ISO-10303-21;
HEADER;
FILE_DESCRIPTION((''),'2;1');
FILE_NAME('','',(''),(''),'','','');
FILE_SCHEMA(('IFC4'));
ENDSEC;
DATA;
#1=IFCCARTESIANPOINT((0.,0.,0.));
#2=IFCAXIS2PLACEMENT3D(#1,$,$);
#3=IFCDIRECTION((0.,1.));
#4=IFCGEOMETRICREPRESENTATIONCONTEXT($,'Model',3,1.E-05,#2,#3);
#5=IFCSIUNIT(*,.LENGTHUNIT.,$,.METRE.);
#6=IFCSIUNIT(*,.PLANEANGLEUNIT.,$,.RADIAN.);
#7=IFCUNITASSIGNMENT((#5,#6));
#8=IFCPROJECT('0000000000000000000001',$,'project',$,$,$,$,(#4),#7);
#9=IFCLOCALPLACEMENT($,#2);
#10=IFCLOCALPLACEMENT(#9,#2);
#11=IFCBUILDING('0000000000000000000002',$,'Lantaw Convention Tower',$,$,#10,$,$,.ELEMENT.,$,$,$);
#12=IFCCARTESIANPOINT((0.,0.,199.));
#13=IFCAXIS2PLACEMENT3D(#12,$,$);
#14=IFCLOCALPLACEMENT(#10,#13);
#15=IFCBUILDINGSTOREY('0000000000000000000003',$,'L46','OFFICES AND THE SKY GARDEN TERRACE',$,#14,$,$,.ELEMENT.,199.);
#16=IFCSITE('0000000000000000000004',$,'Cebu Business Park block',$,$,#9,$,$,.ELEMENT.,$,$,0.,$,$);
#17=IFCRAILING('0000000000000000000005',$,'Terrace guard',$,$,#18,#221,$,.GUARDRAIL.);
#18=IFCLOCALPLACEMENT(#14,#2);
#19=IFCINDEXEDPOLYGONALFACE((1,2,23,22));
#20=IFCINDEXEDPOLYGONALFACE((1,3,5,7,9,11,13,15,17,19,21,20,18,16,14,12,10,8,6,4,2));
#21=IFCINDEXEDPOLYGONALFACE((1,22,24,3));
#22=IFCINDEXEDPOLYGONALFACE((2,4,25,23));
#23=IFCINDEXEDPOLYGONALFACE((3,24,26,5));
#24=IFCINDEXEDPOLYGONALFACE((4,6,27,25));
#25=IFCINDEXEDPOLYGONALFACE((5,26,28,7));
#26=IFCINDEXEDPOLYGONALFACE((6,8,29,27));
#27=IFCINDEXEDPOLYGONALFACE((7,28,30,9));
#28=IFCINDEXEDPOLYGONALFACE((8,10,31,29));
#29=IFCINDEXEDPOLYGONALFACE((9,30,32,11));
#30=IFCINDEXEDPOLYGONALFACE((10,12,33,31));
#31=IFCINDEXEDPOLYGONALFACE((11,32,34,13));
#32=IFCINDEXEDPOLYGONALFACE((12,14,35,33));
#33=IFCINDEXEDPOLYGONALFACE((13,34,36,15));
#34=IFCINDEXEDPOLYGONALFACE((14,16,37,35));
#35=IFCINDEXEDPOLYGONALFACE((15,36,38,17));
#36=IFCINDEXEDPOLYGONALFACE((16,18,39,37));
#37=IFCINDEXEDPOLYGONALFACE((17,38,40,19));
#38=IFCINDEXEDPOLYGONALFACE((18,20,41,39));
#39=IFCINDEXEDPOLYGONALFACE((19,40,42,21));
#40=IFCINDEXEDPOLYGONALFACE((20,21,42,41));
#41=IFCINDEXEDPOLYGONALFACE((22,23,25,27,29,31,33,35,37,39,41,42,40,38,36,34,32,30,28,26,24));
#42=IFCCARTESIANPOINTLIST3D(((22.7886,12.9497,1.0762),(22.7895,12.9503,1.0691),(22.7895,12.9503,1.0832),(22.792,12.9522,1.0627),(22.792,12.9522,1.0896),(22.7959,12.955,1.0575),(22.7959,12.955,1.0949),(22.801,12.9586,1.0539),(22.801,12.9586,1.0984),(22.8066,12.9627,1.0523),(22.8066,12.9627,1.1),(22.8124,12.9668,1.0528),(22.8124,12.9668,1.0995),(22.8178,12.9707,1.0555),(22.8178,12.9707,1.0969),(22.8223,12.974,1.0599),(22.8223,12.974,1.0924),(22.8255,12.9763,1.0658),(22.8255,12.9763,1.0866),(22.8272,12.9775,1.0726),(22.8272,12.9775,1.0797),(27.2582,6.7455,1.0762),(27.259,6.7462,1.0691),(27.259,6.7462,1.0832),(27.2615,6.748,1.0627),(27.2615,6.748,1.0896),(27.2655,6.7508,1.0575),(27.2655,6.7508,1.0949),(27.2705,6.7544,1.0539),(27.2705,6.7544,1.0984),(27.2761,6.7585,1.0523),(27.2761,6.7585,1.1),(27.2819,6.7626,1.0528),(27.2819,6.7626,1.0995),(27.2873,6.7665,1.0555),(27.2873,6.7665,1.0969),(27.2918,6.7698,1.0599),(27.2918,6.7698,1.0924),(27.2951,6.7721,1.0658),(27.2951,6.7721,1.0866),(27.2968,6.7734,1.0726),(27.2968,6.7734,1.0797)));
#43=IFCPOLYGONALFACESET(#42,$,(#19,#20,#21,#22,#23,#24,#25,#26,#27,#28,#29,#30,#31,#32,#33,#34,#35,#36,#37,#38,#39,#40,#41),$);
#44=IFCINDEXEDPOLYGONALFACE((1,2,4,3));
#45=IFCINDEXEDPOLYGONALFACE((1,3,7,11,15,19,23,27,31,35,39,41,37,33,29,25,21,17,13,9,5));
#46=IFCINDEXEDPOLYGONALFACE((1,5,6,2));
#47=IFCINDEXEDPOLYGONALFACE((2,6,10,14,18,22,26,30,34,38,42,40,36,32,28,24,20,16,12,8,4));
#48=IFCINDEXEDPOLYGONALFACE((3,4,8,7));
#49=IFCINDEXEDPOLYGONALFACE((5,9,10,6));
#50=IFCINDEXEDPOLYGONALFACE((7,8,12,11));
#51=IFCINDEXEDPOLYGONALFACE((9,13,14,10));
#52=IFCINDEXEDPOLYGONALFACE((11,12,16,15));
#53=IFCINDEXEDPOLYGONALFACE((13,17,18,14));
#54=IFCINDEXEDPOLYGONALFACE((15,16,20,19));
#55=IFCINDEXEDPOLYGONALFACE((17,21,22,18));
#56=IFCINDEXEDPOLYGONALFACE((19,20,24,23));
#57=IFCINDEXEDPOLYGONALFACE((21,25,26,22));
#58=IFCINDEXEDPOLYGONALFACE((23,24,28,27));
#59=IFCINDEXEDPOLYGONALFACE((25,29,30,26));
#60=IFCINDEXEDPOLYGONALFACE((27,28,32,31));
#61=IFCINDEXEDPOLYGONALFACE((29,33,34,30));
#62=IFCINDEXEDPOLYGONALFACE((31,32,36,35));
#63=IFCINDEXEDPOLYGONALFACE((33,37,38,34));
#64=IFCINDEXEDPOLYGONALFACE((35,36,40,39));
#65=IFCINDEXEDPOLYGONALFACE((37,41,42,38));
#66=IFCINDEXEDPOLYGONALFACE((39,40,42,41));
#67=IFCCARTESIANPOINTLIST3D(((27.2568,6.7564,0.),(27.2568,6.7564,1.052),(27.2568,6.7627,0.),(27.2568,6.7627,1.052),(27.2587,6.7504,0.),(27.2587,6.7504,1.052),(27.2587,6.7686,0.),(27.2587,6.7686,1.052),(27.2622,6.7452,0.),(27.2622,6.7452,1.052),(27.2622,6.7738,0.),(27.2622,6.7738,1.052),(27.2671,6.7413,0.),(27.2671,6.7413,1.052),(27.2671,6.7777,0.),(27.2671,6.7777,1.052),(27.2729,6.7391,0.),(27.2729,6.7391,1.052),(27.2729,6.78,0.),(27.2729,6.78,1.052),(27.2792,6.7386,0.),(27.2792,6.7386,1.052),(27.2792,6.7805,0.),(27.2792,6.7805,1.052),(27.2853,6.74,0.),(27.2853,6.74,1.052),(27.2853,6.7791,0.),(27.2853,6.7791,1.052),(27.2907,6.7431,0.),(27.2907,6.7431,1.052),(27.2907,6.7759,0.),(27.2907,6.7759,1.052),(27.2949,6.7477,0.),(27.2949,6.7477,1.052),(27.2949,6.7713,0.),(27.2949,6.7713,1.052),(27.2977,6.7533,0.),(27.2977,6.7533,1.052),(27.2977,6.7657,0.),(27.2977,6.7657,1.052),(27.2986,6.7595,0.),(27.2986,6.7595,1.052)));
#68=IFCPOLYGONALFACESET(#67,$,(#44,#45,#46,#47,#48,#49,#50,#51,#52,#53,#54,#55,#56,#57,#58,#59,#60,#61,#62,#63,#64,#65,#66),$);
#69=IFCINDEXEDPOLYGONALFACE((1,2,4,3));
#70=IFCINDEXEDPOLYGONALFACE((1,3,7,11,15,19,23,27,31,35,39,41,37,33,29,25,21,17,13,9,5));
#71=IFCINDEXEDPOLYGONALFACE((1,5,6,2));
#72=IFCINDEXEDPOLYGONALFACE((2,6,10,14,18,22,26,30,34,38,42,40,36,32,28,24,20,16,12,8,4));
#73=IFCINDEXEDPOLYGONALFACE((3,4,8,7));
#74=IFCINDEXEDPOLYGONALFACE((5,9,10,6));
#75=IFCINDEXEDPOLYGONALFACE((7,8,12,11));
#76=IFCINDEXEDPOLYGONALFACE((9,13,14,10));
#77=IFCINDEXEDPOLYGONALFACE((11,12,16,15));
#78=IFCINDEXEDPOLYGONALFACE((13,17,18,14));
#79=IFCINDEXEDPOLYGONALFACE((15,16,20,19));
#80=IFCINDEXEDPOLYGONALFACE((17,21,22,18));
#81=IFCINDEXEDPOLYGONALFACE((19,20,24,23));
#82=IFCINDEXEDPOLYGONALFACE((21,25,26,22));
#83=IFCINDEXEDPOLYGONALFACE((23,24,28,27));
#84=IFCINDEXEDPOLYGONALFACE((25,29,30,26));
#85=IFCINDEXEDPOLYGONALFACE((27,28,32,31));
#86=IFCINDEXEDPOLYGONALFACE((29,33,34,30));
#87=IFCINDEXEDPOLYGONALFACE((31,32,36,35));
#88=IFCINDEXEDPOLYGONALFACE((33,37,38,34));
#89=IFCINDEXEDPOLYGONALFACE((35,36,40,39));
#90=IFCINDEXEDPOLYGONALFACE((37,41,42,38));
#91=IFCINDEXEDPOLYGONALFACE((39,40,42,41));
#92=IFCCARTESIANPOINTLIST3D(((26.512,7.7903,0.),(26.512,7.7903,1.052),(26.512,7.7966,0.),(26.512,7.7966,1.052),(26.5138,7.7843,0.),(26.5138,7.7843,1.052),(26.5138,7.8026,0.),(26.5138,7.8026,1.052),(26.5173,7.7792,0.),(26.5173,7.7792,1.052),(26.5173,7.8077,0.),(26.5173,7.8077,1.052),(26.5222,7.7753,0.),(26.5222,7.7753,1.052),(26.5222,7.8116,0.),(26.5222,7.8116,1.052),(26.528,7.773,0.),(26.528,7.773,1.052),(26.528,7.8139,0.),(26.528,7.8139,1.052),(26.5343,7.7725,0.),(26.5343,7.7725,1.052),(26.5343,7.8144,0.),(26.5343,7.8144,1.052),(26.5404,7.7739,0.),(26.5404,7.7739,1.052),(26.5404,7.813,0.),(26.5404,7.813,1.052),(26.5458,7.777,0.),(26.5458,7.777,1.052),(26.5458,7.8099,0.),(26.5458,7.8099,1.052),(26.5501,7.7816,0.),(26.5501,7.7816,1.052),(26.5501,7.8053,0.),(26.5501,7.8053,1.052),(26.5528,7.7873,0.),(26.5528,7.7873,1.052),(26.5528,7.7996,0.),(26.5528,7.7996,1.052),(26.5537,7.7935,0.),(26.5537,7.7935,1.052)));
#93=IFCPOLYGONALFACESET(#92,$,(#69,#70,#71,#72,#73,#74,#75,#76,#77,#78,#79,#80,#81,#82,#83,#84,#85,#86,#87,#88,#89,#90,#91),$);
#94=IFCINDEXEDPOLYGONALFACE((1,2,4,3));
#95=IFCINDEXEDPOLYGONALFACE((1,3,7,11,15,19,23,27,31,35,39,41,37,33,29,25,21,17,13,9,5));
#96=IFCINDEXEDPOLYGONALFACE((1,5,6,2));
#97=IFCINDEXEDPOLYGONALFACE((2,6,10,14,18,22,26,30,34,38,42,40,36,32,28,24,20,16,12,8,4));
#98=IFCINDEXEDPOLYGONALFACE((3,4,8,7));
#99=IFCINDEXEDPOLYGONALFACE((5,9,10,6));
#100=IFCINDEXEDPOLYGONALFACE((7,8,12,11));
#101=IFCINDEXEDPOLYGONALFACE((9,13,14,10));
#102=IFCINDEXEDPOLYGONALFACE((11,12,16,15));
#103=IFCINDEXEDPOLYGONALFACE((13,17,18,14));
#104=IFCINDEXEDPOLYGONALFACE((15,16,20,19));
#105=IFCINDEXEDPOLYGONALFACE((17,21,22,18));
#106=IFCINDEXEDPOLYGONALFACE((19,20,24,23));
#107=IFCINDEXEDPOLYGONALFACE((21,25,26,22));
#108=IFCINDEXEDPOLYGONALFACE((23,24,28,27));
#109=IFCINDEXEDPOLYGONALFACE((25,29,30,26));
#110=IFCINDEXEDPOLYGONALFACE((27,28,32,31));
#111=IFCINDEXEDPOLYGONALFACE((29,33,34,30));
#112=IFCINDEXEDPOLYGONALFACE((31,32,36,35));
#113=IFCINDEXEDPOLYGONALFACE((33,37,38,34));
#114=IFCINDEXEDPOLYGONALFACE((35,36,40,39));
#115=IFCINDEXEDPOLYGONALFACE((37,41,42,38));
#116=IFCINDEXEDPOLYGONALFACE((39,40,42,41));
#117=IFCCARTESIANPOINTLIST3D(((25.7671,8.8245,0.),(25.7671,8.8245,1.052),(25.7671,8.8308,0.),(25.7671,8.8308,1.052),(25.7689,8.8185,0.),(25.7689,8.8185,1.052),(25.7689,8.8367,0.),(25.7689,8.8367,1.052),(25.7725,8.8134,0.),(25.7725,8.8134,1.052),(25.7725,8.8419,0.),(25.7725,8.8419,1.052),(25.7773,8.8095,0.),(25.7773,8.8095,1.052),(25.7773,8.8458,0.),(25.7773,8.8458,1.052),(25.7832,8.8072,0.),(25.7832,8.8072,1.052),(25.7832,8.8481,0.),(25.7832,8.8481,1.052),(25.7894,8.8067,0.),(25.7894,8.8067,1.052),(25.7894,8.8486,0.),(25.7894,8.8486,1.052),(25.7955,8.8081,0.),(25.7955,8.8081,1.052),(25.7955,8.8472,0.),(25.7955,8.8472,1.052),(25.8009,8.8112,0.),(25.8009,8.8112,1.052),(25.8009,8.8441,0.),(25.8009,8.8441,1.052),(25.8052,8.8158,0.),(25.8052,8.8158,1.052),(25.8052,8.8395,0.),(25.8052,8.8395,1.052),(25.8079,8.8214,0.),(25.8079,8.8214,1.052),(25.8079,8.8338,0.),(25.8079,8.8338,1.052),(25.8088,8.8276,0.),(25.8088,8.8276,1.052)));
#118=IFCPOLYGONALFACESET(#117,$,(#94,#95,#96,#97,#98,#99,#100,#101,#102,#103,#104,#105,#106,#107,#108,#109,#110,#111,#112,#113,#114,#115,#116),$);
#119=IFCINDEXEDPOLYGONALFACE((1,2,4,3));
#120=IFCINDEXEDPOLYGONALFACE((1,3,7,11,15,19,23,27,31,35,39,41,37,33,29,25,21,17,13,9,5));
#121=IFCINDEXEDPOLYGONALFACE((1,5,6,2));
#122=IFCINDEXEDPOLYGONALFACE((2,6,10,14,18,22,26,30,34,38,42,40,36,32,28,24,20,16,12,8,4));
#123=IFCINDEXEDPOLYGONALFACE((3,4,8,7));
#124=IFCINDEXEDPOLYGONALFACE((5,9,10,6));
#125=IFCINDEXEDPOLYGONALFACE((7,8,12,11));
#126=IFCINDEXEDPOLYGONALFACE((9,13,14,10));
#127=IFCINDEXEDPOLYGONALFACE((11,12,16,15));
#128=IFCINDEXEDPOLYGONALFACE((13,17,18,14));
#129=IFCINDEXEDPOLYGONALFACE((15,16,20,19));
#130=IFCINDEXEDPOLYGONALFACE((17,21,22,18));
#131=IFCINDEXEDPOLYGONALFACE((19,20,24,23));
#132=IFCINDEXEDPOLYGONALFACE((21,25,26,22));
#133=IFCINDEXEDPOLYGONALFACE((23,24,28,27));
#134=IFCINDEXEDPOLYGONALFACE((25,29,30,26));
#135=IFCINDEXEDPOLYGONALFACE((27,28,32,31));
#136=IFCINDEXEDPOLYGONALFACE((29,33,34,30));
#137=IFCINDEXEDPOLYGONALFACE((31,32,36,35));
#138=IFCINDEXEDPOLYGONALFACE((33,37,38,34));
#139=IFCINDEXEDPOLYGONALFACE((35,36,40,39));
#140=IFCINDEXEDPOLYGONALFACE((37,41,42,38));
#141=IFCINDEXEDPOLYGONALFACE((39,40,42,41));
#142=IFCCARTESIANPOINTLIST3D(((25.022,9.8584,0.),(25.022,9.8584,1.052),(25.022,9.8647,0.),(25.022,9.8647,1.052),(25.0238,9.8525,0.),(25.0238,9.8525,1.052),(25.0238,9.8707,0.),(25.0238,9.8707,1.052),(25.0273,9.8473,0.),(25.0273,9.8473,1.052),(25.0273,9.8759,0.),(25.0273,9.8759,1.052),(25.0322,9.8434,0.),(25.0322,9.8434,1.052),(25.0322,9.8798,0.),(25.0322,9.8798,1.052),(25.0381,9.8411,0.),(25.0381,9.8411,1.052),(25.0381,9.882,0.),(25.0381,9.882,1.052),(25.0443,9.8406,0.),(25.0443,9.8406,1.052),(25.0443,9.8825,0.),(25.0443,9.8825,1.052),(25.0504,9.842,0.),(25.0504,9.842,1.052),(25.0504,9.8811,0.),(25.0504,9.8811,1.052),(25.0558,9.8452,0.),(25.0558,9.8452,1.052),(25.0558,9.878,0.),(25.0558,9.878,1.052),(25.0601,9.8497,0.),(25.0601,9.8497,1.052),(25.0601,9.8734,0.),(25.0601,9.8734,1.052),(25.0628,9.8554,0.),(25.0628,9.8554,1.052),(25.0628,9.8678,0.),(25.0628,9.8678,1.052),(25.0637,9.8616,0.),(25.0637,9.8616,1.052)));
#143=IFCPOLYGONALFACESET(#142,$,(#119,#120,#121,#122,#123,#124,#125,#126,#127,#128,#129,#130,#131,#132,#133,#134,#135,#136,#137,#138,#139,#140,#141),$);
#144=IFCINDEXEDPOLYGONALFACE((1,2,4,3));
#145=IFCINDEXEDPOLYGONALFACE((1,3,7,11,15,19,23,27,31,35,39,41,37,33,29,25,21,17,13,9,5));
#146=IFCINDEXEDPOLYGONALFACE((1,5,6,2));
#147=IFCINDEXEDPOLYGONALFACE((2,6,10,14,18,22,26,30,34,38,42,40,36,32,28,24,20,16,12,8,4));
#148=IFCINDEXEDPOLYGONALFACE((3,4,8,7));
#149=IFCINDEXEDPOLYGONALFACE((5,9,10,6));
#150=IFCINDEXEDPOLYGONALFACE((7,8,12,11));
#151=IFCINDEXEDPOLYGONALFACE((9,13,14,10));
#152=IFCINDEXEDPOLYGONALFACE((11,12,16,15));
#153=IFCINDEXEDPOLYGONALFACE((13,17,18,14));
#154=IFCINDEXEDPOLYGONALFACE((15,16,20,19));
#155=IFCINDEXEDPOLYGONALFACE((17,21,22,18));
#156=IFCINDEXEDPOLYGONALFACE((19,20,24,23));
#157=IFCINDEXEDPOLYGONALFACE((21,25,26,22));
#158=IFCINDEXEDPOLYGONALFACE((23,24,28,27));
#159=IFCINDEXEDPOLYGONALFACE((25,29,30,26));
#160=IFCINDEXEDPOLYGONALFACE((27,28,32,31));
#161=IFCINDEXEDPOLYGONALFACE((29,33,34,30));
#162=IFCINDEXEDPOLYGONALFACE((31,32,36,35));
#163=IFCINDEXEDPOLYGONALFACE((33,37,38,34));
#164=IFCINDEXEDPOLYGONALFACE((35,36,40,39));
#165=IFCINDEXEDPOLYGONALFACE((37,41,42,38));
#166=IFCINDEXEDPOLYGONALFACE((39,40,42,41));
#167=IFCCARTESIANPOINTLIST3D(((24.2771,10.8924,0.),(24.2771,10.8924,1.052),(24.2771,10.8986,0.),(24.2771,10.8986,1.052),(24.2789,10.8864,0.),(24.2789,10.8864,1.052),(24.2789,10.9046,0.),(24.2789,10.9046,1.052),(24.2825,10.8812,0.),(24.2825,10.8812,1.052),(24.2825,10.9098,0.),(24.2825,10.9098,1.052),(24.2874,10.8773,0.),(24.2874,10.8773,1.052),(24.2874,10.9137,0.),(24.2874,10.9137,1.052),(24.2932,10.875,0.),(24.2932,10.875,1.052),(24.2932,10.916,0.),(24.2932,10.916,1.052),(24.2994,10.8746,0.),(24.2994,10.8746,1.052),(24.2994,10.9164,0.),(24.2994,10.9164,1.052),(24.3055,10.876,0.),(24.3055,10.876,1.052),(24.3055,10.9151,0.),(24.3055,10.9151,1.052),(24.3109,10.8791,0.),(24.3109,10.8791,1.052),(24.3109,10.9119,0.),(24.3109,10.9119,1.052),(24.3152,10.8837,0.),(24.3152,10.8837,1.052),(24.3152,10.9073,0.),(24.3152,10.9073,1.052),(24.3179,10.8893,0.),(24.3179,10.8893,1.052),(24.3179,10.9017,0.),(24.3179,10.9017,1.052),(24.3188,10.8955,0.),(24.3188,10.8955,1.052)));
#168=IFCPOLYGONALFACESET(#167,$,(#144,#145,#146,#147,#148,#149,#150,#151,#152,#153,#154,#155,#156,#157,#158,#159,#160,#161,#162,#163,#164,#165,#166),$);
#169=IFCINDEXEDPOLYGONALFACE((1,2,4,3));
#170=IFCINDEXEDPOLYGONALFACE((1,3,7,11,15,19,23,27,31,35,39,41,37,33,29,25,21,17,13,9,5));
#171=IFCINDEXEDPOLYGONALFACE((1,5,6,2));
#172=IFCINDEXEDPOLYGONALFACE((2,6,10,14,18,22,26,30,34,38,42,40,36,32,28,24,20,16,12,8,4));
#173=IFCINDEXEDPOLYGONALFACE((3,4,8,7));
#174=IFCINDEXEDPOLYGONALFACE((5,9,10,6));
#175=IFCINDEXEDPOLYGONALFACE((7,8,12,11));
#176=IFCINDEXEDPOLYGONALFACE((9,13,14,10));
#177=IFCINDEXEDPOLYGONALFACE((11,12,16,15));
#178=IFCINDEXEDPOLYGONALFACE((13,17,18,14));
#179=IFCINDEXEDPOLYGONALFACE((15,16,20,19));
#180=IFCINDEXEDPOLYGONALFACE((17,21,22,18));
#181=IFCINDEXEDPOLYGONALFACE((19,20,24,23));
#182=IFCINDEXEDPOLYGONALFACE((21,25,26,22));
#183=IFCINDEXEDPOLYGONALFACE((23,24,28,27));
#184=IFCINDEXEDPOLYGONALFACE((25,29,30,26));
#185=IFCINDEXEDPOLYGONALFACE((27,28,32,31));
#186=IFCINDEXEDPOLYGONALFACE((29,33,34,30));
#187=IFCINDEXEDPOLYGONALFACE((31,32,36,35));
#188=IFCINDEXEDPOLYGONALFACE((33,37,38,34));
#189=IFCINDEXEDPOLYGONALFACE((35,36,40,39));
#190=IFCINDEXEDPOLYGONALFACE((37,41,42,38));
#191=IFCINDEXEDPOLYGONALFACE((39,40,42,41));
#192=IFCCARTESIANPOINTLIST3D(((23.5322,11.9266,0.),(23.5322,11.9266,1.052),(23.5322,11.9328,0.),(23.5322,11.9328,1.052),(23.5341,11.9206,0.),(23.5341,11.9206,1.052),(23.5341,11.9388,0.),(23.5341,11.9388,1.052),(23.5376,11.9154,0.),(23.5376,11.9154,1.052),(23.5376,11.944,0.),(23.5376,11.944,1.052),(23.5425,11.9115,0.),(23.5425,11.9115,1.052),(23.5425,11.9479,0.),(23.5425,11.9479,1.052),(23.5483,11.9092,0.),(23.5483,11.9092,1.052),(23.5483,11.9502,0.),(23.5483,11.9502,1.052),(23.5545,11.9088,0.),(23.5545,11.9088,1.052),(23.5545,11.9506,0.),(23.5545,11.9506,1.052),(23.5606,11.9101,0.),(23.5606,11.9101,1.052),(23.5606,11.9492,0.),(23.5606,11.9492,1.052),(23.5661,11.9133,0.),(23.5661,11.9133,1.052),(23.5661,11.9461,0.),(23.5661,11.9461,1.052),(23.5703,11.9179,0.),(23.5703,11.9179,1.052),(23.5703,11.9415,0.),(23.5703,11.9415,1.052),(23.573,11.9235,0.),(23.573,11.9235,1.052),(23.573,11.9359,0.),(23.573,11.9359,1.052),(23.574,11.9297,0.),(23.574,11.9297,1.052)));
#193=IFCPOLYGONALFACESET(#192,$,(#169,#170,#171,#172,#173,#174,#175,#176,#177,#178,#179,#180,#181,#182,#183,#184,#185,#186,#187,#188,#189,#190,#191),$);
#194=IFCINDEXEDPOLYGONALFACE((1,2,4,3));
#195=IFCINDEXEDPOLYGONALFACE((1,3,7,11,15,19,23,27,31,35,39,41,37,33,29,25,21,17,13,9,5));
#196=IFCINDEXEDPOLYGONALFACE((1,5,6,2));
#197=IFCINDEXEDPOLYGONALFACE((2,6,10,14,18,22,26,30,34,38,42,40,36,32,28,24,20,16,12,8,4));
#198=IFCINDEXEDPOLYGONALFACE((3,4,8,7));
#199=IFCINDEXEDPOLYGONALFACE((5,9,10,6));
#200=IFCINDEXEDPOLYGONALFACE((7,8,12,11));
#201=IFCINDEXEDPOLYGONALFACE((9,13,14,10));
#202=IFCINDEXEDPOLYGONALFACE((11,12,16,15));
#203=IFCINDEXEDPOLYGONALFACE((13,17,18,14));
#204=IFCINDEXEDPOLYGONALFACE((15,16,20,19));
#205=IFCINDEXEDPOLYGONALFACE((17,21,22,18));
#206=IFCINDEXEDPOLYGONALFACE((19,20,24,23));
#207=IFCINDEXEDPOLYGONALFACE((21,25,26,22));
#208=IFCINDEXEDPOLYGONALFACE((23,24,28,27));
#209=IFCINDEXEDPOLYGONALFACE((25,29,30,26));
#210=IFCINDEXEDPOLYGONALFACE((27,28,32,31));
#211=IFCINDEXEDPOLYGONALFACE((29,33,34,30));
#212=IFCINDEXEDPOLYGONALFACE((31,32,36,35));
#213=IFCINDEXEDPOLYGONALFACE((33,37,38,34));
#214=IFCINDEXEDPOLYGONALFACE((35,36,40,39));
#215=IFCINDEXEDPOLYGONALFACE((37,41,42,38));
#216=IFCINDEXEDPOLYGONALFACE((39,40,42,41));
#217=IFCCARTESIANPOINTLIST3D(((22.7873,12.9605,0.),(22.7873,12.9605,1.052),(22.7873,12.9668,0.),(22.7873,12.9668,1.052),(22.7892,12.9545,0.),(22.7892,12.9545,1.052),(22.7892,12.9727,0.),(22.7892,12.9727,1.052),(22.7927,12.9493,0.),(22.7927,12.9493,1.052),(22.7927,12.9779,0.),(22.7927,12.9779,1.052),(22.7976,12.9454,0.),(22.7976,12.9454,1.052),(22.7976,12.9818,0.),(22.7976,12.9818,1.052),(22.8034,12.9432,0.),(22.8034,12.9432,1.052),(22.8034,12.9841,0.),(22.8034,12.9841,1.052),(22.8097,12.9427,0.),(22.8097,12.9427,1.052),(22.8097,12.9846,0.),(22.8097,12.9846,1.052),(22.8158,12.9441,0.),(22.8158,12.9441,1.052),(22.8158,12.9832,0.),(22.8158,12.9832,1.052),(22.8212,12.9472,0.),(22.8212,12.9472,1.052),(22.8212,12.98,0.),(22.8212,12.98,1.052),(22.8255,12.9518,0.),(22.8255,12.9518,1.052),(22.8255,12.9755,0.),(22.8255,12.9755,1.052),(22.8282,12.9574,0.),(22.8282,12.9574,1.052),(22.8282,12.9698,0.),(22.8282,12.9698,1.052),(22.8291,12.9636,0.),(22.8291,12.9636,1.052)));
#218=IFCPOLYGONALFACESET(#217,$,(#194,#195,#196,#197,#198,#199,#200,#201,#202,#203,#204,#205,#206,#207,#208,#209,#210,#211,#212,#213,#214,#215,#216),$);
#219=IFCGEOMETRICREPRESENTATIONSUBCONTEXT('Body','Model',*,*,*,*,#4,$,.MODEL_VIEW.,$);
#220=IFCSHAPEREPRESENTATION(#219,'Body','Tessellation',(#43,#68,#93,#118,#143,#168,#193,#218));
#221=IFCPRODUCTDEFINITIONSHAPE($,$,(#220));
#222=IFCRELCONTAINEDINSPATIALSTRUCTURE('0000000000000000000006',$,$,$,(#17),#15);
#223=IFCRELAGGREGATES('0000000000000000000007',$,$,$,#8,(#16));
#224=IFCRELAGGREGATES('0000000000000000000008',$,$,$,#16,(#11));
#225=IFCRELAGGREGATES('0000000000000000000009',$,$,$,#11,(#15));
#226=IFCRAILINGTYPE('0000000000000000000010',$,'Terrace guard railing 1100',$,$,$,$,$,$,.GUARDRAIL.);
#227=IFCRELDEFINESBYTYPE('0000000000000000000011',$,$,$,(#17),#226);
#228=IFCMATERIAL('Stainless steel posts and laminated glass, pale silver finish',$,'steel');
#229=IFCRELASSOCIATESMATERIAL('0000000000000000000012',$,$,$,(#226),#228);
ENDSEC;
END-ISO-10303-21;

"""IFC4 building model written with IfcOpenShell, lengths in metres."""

from ifc_helpers import new_model, si_unit, direction, frame, origin, origin_2d, place, context, subcontext, project, spatial, circle, extrude, material, type_object, element, save


model = new_model("IFC4")

# Units and contexts
model_context = context("Model", 3, precision=1e-05, world=origin(), true_north=direction((0.0, 1.0)))
body_context = subcontext(model_context, "Body", "Model", "MODEL_VIEW")
ifc_project = project(units=[si_unit("LENGTHUNIT", "METRE"), si_unit("PLANEANGLEUNIT", "RADIAN")], contexts=[model_context])

# Site, building, storey
site_placement = place(None, origin())
site = spatial("IfcSite", under=ifc_project, at=site_placement, Name="Cebu Business Park block", CompositionType="ELEMENT", RefElevation=0.0)
building_placement = place(site_placement, origin())
building = spatial("IfcBuilding", under=site, at=building_placement, Name="Lantaw Convention Tower", CompositionType="ELEMENT")
storey_placement = place(building_placement, frame((0.0, 0.0, 199.0)))
storey = spatial("IfcBuildingStorey", under=building, at=storey_placement, Name="L46", Description="OFFICES AND THE SKY GARDEN TERRACE", CompositionType="ELEMENT", Elevation=199.0)

# Railing
ifc_material_1 = material(Name="Stainless steel posts and laminated glass, pale silver finish", Category="steel")
railing_type = type_object("IfcRailingType", Name="Terrace guard railing 1100", PredefinedType="GUARDRAIL", material=ifc_material_1)
railing_1_placement = place(storey_placement, frame((27.2776, 6.7595, 0.0)))
element("IfcRailing", 1, at=railing_1_placement, inside=storey, type_object=railing_type, Name="Terrace guard", PredefinedType="GUARDRAIL", context=body_context, shape_type="SweptSolid", body=[
    extrude(circle(Radius=0.0239, at=origin_2d()), frame((0.0, 0.0, 1.0762), z_axis=(-0.584523, 0.811377, 0.0), x_axis=(-0.811377, -0.584523, 0.0)), (0.0, 0.0, 1.0), 7.6465),
    extrude(circle(Radius=0.021, at=origin_2d()), origin(), (0.0, 0.0, 1.0), 1.052),
    extrude(circle(Radius=0.021, at=origin_2d()), frame((-0.7449, 1.0339, 0.0)), (0.0, 0.0, 1.0), 1.052),
    extrude(circle(Radius=0.021, at=origin_2d()), frame((-1.4897, 2.0681, 0.0)), (0.0, 0.0, 1.0), 1.052),
    extrude(circle(Radius=0.021, at=origin_2d()), frame((-2.2349, 3.1021, 0.0)), (0.0, 0.0, 1.0), 1.052),
    extrude(circle(Radius=0.021, at=origin_2d()), frame((-2.9797, 4.136, 0.0)), (0.0, 0.0, 1.0), 1.052),
    extrude(circle(Radius=0.021, at=origin_2d()), frame((-3.7246, 5.1702, 0.0)), (0.0, 0.0, 1.0), 1.052),
    extrude(circle(Radius=0.021, at=origin_2d()), frame((-4.4695, 6.2041, 0.0)), (0.0, 0.0, 1.0), 1.052),
])

save(model, "model.ifc")
